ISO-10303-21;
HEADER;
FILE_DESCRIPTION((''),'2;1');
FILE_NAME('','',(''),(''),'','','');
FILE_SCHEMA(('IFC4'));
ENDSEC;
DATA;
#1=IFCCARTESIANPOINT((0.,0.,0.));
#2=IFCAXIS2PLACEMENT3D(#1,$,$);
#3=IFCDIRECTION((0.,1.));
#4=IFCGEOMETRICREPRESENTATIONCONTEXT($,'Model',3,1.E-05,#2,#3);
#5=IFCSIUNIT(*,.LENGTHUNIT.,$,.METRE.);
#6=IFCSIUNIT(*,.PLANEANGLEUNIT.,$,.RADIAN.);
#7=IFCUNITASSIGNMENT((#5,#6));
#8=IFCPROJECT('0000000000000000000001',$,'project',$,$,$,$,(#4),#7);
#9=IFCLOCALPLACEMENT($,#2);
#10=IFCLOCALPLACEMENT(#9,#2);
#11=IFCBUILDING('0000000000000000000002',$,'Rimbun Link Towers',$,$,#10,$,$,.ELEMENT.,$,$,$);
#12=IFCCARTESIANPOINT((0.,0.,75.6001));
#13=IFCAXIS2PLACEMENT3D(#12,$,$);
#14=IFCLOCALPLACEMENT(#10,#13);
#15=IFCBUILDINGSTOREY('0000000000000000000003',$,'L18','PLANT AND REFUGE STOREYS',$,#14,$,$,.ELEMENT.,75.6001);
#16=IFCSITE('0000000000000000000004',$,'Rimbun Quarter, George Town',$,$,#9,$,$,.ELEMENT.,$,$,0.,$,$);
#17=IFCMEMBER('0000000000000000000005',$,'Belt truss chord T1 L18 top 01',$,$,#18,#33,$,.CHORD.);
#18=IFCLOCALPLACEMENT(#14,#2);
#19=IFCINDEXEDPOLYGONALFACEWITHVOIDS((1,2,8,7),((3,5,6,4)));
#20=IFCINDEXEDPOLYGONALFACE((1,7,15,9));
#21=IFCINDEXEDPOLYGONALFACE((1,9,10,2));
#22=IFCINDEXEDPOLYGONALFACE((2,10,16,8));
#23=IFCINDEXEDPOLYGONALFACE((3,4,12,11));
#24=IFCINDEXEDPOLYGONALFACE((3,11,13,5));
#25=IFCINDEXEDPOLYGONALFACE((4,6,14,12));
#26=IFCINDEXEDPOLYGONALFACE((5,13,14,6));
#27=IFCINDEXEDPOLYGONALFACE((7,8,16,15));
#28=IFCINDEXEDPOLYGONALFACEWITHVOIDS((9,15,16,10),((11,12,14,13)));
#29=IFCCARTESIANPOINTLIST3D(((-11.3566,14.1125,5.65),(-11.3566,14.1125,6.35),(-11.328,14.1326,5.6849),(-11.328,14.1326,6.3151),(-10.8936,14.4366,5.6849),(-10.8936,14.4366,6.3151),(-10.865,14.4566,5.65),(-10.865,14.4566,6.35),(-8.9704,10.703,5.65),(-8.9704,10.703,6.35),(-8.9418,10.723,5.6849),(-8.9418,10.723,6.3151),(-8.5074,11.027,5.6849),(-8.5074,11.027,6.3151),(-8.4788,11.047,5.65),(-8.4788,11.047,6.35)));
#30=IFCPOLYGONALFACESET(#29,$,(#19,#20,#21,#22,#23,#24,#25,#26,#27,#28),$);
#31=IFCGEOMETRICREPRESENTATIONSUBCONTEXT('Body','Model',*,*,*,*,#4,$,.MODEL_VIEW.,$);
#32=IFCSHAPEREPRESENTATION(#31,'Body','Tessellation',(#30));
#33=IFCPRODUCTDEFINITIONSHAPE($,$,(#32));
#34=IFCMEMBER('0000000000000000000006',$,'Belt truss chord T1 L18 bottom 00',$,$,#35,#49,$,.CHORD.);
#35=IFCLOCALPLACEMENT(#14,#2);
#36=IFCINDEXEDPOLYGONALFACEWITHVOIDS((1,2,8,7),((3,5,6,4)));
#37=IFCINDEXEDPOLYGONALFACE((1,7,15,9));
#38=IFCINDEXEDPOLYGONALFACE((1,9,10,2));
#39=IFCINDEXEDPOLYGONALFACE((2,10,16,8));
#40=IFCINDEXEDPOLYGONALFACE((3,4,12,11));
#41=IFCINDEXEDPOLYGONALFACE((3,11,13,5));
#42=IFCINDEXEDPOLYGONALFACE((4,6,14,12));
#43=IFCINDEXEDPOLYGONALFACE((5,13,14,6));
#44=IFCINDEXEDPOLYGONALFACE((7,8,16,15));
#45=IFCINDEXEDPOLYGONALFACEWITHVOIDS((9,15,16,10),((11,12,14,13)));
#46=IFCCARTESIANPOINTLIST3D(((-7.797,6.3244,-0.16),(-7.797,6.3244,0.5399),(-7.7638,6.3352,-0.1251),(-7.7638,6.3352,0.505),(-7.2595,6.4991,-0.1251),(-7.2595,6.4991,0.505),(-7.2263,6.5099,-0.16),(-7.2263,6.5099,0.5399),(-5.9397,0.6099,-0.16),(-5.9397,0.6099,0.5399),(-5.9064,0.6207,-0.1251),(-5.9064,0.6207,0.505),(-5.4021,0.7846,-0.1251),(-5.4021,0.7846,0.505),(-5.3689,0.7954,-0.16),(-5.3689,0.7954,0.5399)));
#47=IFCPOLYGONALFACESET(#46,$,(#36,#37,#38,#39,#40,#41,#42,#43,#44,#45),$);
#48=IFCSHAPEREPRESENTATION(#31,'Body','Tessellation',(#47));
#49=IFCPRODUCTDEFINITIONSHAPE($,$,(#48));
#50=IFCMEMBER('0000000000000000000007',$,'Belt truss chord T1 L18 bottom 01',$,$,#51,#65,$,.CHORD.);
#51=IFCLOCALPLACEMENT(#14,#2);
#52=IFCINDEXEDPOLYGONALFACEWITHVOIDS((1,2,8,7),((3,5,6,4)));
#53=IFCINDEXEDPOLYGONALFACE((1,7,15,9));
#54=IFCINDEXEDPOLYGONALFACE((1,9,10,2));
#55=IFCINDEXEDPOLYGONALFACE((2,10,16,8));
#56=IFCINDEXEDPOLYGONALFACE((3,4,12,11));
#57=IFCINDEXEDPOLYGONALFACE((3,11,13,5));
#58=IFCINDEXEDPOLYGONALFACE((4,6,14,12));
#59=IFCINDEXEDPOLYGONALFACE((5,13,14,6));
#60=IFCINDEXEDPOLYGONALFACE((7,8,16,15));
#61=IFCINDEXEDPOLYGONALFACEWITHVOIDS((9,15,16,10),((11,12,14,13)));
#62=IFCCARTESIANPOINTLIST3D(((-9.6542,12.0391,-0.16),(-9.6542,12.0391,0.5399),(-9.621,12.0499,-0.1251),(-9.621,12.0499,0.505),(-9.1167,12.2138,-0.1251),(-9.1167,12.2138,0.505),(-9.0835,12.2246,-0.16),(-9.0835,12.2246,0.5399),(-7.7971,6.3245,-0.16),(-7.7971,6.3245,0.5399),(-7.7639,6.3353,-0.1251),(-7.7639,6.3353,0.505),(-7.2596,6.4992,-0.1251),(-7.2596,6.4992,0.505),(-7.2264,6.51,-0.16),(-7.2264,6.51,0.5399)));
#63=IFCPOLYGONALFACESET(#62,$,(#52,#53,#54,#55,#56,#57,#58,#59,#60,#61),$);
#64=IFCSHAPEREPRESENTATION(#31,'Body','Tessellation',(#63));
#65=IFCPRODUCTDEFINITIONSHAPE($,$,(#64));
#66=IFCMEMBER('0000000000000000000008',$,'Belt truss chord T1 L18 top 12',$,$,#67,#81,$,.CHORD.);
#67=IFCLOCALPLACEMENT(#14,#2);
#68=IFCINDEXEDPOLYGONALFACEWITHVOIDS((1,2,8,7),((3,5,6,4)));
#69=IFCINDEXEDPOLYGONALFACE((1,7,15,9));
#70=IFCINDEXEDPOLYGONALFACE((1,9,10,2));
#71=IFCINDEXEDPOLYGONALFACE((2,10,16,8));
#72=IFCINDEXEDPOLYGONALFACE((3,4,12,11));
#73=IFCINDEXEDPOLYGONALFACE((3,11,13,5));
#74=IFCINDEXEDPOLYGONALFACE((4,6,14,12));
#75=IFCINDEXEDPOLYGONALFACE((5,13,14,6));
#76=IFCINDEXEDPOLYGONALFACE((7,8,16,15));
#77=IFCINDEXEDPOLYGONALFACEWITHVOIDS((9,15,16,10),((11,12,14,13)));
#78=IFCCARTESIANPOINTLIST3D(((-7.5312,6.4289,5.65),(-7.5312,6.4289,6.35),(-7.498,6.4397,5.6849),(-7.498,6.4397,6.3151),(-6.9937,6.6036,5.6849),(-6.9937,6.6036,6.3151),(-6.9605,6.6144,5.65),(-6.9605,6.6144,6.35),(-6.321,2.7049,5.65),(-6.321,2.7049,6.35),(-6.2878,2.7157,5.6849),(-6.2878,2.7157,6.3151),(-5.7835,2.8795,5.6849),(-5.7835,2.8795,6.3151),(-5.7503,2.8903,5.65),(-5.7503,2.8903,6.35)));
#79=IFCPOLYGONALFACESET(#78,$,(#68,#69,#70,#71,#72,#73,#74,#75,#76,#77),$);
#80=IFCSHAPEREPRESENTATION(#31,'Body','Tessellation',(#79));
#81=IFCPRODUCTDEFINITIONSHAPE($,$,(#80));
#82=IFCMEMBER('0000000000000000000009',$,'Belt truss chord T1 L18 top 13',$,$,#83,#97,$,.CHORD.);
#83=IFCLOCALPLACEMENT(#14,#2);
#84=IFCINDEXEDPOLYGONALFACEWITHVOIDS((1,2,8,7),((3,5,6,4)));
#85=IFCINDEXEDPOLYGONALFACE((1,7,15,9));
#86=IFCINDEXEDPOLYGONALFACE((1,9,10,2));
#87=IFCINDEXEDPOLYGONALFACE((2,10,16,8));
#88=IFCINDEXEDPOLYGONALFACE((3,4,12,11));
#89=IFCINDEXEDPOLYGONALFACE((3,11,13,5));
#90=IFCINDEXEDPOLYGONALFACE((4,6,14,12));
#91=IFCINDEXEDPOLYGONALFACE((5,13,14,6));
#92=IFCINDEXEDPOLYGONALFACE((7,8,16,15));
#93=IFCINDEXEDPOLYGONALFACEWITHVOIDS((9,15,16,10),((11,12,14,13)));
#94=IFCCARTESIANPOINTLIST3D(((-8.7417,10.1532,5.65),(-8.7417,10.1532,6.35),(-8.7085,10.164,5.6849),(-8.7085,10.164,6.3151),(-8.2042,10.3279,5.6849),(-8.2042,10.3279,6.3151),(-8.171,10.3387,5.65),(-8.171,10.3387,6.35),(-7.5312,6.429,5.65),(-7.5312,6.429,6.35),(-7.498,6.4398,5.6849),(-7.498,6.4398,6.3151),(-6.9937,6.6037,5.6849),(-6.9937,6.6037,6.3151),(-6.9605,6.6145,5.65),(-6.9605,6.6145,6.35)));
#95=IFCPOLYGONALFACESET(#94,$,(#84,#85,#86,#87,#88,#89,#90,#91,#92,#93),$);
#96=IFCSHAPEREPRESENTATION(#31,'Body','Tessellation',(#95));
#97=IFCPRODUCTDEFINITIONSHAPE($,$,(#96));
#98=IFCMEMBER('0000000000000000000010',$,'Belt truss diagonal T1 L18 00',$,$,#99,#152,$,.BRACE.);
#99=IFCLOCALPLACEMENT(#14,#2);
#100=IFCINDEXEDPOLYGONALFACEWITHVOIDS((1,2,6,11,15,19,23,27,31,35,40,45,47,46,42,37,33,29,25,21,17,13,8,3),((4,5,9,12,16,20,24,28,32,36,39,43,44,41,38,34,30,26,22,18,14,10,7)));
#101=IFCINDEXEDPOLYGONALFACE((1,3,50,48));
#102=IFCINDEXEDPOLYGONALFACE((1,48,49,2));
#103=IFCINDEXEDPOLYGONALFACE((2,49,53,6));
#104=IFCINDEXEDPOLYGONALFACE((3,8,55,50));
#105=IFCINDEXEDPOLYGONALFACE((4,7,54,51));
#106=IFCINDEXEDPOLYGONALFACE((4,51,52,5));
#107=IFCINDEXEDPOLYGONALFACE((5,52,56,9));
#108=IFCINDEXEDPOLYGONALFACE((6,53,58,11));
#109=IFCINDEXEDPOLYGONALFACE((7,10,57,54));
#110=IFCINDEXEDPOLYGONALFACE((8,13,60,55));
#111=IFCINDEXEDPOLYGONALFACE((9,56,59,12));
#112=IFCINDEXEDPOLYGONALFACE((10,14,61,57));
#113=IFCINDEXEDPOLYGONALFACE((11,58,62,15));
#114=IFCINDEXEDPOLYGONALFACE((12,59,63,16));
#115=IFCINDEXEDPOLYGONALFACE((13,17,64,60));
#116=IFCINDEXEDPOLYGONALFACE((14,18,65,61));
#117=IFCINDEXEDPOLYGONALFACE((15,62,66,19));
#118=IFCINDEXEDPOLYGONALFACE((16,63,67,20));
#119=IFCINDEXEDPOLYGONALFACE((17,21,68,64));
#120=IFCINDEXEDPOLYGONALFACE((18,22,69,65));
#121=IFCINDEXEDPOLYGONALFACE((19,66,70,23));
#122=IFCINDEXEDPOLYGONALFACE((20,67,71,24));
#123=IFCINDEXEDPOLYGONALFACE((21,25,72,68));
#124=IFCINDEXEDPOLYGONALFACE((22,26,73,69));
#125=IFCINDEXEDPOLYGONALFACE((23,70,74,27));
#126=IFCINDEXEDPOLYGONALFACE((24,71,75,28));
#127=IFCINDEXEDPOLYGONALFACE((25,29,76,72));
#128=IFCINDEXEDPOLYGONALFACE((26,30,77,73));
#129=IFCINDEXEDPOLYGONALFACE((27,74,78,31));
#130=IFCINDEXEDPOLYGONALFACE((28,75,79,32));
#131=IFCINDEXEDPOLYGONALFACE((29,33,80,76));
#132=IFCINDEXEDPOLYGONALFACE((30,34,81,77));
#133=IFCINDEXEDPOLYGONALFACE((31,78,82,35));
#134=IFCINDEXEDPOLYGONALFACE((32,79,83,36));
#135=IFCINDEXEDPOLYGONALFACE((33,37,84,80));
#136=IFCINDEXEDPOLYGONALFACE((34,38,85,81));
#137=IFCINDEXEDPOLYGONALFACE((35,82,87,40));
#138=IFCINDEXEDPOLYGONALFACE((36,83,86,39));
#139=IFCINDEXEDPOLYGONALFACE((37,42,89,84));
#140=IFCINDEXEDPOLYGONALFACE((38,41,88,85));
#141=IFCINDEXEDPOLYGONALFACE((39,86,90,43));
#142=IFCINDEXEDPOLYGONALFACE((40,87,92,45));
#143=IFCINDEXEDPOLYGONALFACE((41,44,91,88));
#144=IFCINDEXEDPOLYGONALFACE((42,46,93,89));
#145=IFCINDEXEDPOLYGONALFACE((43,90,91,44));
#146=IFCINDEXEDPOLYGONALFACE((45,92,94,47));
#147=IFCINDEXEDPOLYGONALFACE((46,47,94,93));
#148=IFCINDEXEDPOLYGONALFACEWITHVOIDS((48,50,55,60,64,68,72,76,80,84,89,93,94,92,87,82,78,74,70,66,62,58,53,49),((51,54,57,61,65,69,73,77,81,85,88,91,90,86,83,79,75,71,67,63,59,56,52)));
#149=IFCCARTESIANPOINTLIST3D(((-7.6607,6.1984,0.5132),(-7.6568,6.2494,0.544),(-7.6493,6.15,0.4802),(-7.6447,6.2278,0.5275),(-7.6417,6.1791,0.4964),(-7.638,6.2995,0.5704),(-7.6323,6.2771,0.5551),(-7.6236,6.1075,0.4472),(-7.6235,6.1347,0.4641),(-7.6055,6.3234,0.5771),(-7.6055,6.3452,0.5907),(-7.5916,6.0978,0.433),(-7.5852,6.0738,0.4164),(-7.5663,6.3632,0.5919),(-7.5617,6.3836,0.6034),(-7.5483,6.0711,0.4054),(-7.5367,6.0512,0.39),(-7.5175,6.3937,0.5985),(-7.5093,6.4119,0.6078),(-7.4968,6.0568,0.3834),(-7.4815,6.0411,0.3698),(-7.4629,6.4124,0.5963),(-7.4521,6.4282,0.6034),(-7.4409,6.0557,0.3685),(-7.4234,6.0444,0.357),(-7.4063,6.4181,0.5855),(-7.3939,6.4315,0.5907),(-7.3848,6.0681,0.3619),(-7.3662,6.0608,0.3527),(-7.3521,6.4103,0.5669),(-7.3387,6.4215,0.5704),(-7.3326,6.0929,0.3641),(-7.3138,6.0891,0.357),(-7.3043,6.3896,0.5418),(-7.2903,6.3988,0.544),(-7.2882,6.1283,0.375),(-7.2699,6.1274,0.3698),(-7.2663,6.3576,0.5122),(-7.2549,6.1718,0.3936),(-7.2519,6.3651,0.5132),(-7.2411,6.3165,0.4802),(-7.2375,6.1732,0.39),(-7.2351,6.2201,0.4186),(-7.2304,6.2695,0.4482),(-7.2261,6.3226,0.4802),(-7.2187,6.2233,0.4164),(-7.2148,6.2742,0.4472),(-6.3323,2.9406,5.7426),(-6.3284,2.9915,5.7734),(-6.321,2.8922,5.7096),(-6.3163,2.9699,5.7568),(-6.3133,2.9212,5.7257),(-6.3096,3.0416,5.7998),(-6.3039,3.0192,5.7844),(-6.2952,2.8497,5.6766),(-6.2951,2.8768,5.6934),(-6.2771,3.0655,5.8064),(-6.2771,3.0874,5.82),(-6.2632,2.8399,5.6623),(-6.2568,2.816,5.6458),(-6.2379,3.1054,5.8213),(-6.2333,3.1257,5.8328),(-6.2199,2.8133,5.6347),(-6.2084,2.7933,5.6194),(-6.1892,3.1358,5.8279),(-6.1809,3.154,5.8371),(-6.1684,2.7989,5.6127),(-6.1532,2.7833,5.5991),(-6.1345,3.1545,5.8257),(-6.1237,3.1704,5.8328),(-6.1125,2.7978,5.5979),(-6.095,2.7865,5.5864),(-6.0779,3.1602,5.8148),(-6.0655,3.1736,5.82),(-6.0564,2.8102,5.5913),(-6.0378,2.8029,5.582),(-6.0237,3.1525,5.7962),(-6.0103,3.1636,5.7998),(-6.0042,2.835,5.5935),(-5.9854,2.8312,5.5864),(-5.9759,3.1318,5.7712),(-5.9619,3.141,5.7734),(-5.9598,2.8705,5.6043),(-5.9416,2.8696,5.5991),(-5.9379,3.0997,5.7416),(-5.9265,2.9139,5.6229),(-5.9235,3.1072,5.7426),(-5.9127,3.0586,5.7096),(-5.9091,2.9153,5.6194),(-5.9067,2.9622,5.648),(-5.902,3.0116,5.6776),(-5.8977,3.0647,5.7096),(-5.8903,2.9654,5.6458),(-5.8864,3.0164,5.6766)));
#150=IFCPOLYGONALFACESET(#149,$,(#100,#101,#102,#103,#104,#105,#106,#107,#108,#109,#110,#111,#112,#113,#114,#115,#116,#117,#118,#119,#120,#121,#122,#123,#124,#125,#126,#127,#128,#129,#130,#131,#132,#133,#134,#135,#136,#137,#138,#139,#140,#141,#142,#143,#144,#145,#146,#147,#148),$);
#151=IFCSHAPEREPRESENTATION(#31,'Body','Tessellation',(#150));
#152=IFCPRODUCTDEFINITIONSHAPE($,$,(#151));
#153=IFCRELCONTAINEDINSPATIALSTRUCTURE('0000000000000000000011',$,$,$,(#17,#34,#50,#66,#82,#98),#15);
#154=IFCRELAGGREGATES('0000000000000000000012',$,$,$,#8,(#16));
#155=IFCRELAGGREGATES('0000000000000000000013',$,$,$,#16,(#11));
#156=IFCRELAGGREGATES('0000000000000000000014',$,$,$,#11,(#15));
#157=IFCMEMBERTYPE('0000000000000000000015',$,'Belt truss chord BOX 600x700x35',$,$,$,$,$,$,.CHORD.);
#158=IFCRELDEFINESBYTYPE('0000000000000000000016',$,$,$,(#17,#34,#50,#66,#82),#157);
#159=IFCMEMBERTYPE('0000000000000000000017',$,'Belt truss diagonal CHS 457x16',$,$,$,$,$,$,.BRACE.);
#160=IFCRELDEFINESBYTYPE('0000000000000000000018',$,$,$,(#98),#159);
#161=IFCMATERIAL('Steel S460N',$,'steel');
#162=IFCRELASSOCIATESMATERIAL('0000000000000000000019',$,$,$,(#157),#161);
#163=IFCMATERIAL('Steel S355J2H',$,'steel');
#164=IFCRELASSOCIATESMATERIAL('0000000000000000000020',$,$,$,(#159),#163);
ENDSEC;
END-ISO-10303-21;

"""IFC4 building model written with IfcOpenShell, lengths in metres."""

from ifc_helpers import new_model, si_unit, direction, frame, origin, origin_2d, place, context, subcontext, project, spatial, hollow_rectangle, hollow_circle, extrude, material, material_profile, profile_set, type_object, element, save


model = new_model("IFC4")

# Units and contexts
model_context = context("Model", 3, precision=1e-05, world=origin(), true_north=direction((0.0, 1.0)))
body_context = subcontext(model_context, "Body", "Model", "MODEL_VIEW")
ifc_project = project(units=[si_unit("LENGTHUNIT", "METRE"), si_unit("PLANEANGLEUNIT", "RADIAN")], contexts=[model_context])

# Site, building, storey
site_placement = place(None, origin())
site = spatial("IfcSite", under=ifc_project, at=site_placement, Name="Rimbun Quarter, George Town", CompositionType="ELEMENT", RefElevation=0.0)
building_placement = place(site_placement, origin())
building = spatial("IfcBuilding", under=site, at=building_placement, Name="Rimbun Link Towers", CompositionType="ELEMENT")
storey_placement = place(building_placement, frame((0.0, 0.0, 75.6001)))
storey = spatial("IfcBuildingStorey", under=building, at=storey_placement, Name="L18", Description="PLANT AND REFUGE STOREYS", CompositionType="ELEMENT", Elevation=75.6001)

# Members
ifc_material_1 = material(Name="Steel S460N", Category="steel")
ifc_material_profile_1 = material_profile(ifc_material_1, hollow_rectangle(XDim=0.6001, YDim=0.7, WallThickness=0.0349, at=origin_2d()), Name="Belt truss chord BOX 600x700x35")
ifc_profile_set_1 = profile_set([ifc_material_profile_1], Name="Steel S460N")
member_type_1 = type_object("IfcMemberType", Name="Belt truss chord BOX 600x700x35", PredefinedType="CHORD", material=ifc_profile_set_1)
member_1_placement = place(storey_placement, frame((-8.7246, 10.875, 6.0), z_axis=(-0.573376, 0.819293, 0.0), x_axis=(-0.819293, -0.573376, 0.0)))
element("IfcMember", 1, at=member_1_placement, inside=storey, type_object=member_type_1, Name="Belt truss chord T1 L18 top 01", PredefinedType="CHORD", context=body_context, shape_type="SweptSolid", body=[
    extrude(hollow_rectangle(XDim=0.6001, YDim=0.7, WallThickness=0.0349, at=origin_2d()), origin(), (0.0, 0.0, 1.0), 4.1616),
])
for number, where, z_axis, x_axis, name in (
    (2, (-5.6543, 0.7026, 0.1899), (-0.309113, 0.951025, 0.0), (-0.951025, -0.309113, 0.0), "Belt truss chord T1 L18 bottom 00"),
    (3, (-7.5117, 6.4172, 0.1899), (-0.309076, 0.951037, 0.0), (-0.951037, -0.309076, 0.0), "Belt truss chord T1 L18 bottom 01"),
):
    element("IfcMember", number, at=place(storey_placement, frame(where, z_axis=z_axis, x_axis=x_axis)), inside=storey, type_object=member_type_1, Name=name, PredefinedType="CHORD", context=body_context, shape_type="SweptSolid", body=[
        extrude(hollow_rectangle(XDim=0.6001, YDim=0.7, WallThickness=0.0349, at=origin_2d()), origin(), (0.0, 0.0, 1.0), 6.0088),
    ])
member_2_placement = place(storey_placement, frame((-6.0356, 2.7976, 6.0), z_axis=(-0.309055, 0.951044, 0.0), x_axis=(-0.951044, -0.309055, 0.0)))
element("IfcMember", 4, at=member_2_placement, inside=storey, type_object=member_type_1, Name="Belt truss chord T1 L18 top 12", PredefinedType="CHORD", context=body_context, shape_type="SweptSolid", body=[
    extrude(hollow_rectangle(XDim=0.6001, YDim=0.7, WallThickness=0.0349, at=origin_2d()), origin(), (0.0, 0.0, 1.0), 3.9158),
])
member_3_placement = place(storey_placement, frame((-7.2458, 6.5217, 6.0), z_axis=(-0.309111, 0.951026, 0.0), x_axis=(-0.951026, -0.309111, 0.0)))
element("IfcMember", 5, at=member_3_placement, inside=storey, type_object=member_type_1, Name="Belt truss chord T1 L18 top 13", PredefinedType="CHORD", context=body_context, shape_type="SweptSolid", body=[
    extrude(hollow_rectangle(XDim=0.6001, YDim=0.7, WallThickness=0.0349, at=origin_2d()), origin(), (0.0, 0.0, 1.0), 3.916),
])
ifc_material_2 = material(Name="Steel S355J2H", Category="steel")
ifc_material_profile_2 = material_profile(ifc_material_2, hollow_circle(Radius=0.2285, WallThickness=0.0161, at=origin_2d()), Name="Belt truss diagonal CHS 457x16")
ifc_profile_set_2 = profile_set([ifc_material_profile_2], Name="Steel S355J2H")
member_type_2 = type_object("IfcMemberType", Name="Belt truss diagonal CHS 457x16", PredefinedType="BRACE", material=ifc_profile_set_2)
member_4_placement = place(storey_placement, frame((-7.4377, 6.2363, 0.4802), z_axis=(0.210765, -0.516899, 0.829695), x_axis=(0.925982, 0.377568, 0.0)))
element("IfcMember", 6, at=member_4_placement, inside=storey, type_object=member_type_2, Name="Belt truss diagonal T1 L18 00", PredefinedType="BRACE", context=body_context, shape_type="SweptSolid", body=[
    extrude(hollow_circle(Radius=0.2285, WallThickness=0.0161, at=origin_2d()), origin(), (0.0, 0.0, 1.0), 6.3027),
])

save(model, "model.ifc")
